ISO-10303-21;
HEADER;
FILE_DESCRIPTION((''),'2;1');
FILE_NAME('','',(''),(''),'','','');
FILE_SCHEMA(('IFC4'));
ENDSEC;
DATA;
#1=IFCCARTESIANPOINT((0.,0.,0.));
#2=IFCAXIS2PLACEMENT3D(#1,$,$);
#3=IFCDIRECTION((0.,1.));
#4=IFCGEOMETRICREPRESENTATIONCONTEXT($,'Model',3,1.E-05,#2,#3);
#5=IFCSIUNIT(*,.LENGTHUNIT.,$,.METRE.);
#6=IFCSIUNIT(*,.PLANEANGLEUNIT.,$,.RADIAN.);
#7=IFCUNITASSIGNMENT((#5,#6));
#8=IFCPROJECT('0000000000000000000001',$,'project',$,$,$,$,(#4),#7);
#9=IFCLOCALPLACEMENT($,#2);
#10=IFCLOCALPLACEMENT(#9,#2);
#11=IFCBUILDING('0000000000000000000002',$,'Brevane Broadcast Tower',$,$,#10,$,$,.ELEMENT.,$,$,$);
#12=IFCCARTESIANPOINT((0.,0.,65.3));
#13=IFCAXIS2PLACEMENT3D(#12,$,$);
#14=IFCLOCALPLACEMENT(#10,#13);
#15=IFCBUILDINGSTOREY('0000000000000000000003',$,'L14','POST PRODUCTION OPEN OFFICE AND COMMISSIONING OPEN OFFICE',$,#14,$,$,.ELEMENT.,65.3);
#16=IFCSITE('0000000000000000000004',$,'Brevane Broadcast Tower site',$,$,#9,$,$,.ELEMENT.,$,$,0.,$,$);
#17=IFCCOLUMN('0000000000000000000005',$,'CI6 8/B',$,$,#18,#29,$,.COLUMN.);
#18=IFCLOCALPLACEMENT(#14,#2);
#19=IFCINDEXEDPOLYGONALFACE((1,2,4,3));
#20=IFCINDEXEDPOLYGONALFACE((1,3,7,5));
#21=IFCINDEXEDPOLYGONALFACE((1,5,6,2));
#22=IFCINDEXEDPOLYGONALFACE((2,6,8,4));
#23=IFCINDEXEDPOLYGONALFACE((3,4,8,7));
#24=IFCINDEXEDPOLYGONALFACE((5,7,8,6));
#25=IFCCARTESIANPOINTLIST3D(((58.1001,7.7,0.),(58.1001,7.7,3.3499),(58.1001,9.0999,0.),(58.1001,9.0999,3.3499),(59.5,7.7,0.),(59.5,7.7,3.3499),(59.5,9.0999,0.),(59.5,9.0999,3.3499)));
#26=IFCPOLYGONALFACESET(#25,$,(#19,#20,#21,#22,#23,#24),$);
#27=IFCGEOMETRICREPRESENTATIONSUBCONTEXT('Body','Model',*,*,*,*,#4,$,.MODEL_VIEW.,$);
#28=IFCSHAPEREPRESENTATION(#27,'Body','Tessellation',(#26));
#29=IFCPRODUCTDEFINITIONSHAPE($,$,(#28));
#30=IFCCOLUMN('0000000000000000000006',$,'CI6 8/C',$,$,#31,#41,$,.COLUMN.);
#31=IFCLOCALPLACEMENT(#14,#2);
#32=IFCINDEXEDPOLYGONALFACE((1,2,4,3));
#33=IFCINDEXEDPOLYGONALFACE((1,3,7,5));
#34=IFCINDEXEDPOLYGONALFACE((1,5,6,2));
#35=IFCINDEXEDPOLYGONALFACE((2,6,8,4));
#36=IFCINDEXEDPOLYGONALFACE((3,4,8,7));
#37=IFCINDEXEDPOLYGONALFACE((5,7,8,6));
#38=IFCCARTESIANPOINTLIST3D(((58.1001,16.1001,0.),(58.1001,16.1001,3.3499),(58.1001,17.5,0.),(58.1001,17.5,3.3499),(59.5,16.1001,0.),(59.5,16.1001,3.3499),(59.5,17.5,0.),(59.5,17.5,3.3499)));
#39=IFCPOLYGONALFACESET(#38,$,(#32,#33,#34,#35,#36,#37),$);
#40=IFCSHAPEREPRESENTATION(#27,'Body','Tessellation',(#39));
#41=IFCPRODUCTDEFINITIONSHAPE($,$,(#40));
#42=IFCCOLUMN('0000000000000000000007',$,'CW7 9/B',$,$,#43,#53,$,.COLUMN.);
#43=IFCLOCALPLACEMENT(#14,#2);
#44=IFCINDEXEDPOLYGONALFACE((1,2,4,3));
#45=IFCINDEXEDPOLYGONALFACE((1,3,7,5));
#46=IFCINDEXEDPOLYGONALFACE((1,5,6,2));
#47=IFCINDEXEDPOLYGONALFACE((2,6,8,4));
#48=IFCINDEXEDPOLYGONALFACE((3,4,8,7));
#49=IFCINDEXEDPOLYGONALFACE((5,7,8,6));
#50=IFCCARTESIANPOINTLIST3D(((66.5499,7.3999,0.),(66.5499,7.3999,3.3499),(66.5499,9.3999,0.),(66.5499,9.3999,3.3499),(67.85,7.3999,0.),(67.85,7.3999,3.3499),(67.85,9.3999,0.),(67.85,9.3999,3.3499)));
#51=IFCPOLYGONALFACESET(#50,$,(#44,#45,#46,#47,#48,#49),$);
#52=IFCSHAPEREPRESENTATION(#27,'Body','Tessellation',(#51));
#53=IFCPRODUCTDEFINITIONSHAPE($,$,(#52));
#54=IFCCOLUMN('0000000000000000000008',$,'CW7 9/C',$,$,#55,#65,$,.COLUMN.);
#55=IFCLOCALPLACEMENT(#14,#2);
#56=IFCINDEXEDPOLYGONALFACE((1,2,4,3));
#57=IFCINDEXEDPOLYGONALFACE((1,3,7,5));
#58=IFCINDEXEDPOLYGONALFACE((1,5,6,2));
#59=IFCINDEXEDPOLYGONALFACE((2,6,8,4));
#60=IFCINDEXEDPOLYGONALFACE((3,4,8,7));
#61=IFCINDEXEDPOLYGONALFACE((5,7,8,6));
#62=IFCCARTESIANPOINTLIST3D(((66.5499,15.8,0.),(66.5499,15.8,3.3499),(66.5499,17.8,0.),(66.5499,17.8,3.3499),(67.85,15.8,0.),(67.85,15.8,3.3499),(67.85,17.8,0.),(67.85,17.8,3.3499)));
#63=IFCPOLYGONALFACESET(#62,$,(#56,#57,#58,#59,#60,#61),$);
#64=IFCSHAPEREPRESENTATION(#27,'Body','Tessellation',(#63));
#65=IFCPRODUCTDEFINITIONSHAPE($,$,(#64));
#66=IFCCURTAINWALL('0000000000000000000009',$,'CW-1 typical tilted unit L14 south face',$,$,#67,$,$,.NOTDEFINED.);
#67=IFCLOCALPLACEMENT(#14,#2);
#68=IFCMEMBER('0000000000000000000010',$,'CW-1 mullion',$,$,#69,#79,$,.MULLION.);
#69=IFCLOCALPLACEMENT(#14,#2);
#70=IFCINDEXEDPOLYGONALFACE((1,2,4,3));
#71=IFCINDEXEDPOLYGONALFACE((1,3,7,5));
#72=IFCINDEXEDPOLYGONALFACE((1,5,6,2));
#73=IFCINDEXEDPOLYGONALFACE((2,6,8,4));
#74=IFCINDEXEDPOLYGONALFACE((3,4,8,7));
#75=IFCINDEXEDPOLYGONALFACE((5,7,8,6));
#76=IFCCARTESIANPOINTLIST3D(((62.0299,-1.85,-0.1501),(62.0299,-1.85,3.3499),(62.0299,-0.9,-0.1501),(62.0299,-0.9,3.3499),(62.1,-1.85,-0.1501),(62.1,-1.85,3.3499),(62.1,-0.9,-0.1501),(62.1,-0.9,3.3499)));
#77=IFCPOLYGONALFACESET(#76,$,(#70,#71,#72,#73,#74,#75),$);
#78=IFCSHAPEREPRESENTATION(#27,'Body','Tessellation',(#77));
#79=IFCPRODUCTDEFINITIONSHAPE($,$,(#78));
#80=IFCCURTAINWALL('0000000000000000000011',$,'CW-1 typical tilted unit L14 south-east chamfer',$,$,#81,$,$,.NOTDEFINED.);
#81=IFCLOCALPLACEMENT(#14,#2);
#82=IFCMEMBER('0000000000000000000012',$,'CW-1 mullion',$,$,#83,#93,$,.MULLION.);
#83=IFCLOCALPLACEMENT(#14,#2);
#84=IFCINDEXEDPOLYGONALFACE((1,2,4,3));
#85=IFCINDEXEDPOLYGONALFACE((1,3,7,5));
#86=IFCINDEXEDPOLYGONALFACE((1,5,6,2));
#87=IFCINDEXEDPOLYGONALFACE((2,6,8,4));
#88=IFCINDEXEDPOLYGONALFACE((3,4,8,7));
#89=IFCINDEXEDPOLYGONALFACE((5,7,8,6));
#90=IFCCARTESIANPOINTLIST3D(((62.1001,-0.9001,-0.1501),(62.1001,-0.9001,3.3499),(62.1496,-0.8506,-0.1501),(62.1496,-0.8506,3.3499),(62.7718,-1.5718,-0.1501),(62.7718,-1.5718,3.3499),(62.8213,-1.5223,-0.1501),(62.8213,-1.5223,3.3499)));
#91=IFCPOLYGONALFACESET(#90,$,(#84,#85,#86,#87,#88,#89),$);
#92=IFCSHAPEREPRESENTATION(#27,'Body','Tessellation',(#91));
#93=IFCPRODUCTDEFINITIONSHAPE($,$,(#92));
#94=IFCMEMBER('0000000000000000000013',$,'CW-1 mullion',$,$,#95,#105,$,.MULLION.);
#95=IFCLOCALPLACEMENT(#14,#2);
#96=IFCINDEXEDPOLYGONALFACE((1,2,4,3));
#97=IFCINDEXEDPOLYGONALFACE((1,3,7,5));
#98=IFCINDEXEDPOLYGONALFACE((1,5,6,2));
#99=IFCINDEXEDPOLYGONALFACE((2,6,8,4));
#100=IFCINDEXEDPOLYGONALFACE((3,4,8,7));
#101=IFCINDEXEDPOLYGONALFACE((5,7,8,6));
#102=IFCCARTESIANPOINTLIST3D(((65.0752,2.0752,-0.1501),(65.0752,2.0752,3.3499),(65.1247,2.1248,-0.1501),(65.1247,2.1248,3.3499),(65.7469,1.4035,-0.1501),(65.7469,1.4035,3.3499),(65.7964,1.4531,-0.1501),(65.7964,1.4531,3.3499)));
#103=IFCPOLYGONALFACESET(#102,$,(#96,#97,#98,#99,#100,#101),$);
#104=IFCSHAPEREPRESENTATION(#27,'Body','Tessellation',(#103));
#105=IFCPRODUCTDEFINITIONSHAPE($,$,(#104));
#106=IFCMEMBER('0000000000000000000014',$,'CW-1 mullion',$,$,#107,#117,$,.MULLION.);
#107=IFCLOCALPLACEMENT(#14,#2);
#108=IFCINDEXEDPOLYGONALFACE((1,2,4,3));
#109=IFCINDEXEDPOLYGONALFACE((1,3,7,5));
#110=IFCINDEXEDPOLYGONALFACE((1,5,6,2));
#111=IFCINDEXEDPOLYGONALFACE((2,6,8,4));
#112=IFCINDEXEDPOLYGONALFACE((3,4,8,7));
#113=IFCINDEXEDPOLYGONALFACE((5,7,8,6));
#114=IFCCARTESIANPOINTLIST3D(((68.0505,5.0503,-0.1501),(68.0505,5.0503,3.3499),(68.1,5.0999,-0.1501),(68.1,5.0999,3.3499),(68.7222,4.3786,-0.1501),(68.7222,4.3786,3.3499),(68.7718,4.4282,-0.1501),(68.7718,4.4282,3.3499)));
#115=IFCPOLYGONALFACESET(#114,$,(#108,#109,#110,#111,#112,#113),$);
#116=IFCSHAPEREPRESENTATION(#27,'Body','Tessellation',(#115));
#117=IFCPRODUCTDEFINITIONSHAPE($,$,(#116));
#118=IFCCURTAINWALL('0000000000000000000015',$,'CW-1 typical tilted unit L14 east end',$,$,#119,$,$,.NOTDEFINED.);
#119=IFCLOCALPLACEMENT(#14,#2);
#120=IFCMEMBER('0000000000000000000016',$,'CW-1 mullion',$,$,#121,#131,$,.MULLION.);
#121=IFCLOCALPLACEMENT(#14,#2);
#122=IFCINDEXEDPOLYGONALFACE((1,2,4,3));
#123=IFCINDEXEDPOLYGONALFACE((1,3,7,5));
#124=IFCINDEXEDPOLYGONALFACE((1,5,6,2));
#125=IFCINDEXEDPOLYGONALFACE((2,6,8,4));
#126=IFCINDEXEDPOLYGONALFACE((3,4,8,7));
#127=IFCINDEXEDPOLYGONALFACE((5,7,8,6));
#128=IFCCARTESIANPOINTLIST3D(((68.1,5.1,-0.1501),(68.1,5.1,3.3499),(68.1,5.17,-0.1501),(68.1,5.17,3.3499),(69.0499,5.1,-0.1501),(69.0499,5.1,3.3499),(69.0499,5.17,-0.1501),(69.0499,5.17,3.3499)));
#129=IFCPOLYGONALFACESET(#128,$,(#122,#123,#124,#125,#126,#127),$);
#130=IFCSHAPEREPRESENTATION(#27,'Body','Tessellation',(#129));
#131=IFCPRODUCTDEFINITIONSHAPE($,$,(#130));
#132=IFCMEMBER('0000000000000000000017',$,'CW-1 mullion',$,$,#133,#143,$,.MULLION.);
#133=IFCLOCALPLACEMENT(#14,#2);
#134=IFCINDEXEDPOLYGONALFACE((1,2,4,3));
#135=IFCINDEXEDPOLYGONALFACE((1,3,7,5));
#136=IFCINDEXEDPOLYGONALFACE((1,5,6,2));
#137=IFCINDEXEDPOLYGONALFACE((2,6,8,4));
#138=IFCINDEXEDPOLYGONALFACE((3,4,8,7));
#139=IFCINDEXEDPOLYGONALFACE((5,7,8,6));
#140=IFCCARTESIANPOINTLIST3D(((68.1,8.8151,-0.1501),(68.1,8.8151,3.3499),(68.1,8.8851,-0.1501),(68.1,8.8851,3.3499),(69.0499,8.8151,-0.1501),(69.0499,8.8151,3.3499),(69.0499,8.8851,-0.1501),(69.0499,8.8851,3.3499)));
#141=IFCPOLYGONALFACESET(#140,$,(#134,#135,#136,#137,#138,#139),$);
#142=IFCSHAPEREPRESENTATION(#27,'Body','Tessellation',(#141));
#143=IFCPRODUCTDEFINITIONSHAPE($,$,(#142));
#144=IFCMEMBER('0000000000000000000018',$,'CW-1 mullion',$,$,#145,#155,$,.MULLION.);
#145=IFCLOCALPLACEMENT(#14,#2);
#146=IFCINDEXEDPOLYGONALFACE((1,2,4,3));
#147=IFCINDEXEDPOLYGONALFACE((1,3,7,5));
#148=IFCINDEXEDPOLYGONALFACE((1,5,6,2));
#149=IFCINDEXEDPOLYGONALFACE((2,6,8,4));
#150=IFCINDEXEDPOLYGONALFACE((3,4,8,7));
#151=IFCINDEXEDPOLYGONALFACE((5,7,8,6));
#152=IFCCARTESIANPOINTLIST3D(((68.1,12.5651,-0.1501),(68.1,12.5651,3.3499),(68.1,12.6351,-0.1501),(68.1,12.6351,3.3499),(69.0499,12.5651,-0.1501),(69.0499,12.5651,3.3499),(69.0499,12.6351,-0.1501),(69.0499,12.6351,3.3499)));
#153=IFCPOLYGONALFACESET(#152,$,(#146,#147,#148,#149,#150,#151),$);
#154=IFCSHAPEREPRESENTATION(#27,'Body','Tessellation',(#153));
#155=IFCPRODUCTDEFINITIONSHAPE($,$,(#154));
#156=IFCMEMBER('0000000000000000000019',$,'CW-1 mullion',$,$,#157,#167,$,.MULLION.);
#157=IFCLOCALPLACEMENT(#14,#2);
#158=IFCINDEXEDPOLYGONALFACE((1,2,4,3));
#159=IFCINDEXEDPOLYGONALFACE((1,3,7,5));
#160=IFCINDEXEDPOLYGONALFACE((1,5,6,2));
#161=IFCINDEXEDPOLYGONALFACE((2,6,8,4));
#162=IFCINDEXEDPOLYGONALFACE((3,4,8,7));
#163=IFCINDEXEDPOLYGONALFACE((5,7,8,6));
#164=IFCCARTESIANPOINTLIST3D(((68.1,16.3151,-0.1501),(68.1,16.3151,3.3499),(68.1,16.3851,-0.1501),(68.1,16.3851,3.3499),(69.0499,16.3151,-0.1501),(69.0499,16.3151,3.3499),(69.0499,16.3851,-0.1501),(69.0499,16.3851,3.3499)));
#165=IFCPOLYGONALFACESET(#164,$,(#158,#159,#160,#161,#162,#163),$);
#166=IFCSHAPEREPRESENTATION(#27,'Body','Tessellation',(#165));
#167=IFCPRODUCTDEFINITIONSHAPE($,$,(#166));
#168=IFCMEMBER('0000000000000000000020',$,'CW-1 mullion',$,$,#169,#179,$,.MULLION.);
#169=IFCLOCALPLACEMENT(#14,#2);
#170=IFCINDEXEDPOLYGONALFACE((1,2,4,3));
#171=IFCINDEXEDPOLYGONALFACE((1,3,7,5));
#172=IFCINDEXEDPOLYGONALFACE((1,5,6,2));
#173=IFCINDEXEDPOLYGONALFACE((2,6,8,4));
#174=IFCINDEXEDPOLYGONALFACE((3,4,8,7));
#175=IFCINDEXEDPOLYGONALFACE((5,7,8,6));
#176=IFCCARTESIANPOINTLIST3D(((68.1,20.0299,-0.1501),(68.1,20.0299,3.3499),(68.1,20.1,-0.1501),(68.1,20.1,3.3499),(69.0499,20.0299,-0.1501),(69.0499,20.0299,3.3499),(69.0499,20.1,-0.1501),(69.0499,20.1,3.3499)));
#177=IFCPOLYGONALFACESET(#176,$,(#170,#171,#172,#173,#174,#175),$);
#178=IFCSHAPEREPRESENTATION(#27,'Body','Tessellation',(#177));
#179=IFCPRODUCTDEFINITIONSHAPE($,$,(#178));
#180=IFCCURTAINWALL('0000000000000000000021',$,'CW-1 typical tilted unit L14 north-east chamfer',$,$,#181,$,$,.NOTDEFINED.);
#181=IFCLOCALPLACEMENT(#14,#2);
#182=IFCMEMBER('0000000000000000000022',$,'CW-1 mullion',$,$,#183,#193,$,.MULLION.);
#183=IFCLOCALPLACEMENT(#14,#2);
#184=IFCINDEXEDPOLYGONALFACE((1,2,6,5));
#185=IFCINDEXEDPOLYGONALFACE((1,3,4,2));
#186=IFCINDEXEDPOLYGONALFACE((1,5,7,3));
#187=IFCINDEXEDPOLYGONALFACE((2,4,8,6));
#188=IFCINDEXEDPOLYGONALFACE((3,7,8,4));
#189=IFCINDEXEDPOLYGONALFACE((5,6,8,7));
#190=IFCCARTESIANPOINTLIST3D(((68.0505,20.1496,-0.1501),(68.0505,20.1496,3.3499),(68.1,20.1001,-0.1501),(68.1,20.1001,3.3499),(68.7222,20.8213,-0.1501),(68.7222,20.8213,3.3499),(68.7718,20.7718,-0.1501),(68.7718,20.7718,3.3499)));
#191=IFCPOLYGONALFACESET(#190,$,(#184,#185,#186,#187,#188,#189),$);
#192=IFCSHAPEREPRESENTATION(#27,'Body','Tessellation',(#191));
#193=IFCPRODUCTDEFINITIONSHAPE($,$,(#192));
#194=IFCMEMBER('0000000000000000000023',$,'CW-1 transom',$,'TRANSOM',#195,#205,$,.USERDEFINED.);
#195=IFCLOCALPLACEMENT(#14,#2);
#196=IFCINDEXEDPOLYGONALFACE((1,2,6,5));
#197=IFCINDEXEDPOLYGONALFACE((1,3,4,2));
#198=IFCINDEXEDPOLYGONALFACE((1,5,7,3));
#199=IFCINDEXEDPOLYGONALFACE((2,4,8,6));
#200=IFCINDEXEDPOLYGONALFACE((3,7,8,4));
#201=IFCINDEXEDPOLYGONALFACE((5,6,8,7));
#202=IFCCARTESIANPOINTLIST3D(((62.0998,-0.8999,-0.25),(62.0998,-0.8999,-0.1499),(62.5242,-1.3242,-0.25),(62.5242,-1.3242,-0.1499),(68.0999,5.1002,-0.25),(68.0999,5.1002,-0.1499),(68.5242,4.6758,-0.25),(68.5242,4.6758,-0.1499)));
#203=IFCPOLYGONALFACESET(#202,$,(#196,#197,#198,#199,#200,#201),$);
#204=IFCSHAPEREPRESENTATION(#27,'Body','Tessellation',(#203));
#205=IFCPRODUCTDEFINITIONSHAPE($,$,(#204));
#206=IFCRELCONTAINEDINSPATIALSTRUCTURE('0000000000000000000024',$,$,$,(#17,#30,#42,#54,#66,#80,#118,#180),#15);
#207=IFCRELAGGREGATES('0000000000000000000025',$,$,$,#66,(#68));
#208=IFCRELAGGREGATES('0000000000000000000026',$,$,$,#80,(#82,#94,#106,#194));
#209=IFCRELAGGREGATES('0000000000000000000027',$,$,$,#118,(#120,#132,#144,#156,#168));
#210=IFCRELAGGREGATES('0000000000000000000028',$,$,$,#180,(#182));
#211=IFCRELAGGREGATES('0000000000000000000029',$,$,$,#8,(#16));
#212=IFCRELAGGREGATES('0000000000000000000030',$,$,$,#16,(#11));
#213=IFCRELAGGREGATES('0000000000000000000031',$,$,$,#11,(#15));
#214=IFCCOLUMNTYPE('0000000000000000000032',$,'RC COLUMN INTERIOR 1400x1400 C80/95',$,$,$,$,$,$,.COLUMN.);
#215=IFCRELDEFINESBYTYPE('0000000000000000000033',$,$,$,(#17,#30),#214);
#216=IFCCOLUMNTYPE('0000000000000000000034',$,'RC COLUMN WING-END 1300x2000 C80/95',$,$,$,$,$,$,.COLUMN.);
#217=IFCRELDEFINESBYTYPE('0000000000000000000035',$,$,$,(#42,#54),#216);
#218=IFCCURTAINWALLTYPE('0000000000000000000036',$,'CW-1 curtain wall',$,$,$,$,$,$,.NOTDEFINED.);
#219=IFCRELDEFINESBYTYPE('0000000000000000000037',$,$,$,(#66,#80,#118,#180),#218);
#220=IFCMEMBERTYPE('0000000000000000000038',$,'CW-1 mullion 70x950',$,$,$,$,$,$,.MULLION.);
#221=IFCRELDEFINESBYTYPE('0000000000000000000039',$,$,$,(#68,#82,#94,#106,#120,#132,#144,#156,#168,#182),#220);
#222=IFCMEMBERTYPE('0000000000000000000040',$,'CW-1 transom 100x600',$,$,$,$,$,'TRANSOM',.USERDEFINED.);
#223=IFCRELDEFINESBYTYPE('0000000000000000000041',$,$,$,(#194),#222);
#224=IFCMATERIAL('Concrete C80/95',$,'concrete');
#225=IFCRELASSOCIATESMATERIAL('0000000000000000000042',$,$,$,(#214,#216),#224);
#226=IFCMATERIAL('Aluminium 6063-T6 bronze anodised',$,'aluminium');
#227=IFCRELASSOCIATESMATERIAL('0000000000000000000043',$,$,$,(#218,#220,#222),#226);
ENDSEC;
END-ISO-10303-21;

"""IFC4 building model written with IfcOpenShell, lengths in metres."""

from ifc_helpers import new_model, si_unit, direction, frame, origin, origin_2d, place, context, subcontext, project, spatial, rectangle, extrude, material, material_profile, profile_set, type_object, element, aggregate, save


model = new_model("IFC4")

# Units and contexts
model_context = context("Model", 3, precision=1e-05, world=origin(), true_north=direction((0.0, 1.0)))
body_context = subcontext(model_context, "Body", "Model", "MODEL_VIEW")
ifc_project = project(units=[si_unit("LENGTHUNIT", "METRE"), si_unit("PLANEANGLEUNIT", "RADIAN")], contexts=[model_context])

# Site, building, storey
site_placement = place(None, origin())
site = spatial("IfcSite", under=ifc_project, at=site_placement, Name="Brevane Broadcast Tower site", CompositionType="ELEMENT", RefElevation=0.0)
building_placement = place(site_placement, origin())
building = spatial("IfcBuilding", under=site, at=building_placement, Name="Brevane Broadcast Tower", CompositionType="ELEMENT")
storey_placement = place(building_placement, frame((0.0, 0.0, 65.3)))
storey = spatial("IfcBuildingStorey", under=building, at=storey_placement, Name="L14", Description="POST PRODUCTION OPEN OFFICE AND COMMISSIONING OPEN OFFICE", CompositionType="ELEMENT", Elevation=65.3)

# Columns
ifc_material_1 = material(Name="Concrete C80/95", Category="concrete")
ifc_material_profile_1 = material_profile(ifc_material_1, rectangle(XDim=1.3999, YDim=1.3999, at=origin_2d()), Name="RC 1400x1400")
ifc_profile_set_1 = profile_set([ifc_material_profile_1], Name="Concrete C80/95")
column_type_1 = type_object("IfcColumnType", Name="RC COLUMN INTERIOR 1400x1400 C80/95", PredefinedType="COLUMN", material=ifc_profile_set_1)
for number, where, z_axis, x_axis, name in (
    (1, (58.8, 8.3999, 0.0), (0.0, 0.0, 1.0), (1.0, 0.0, 0.0), "CI6 8/B"),
    (2, (58.8, 16.8, 0.0), (0.0, 0.0, 1.0), (1.0, 0.0, 0.0), "CI6 8/C"),
):
    element("IfcColumn", number, at=place(storey_placement, frame(where, z_axis=z_axis, x_axis=x_axis)), inside=storey, type_object=column_type_1, Name=name, PredefinedType="COLUMN", context=body_context, shape_type="SweptSolid", body=[
        extrude(rectangle(XDim=1.3999, YDim=1.3999, at=origin_2d()), origin(), (0.0, 0.0, 1.0), 3.3499),
    ])
ifc_material_profile_2 = material_profile(ifc_material_1, rectangle(XDim=1.3, YDim=2.0, at=origin_2d()), Name="RC 1300x2000")
ifc_profile_set_2 = profile_set([ifc_material_profile_2], Name="Concrete C80/95")
column_type_2 = type_object("IfcColumnType", Name="RC COLUMN WING-END 1300x2000 C80/95", PredefinedType="COLUMN", material=ifc_profile_set_2)
for number, where, z_axis, x_axis, name in (
    (3, (67.2, 8.3999, 0.0), (0.0, 0.0, 1.0), (1.0, 0.0, 0.0), "CW7 9/B"),
    (4, (67.2, 16.8, 0.0), (0.0, 0.0, 1.0), (1.0, 0.0, 0.0), "CW7 9/C"),
):
    element("IfcColumn", number, at=place(storey_placement, frame(where, z_axis=z_axis, x_axis=x_axis)), inside=storey, type_object=column_type_2, Name=name, PredefinedType="COLUMN", context=body_context, shape_type="SweptSolid", body=[
        extrude(rectangle(XDim=1.3, YDim=2.0, at=origin_2d()), origin(), (0.0, 0.0, 1.0), 3.3499),
    ])

# Curtain wall, member
ifc_material_2 = material(Name="Aluminium 6063-T6 bronze anodised", Category="aluminium")
curtain_wall_type = type_object("IfcCurtainWallType", Name="CW-1 curtain wall", PredefinedType="NOTDEFINED", material=ifc_material_2)
curtain_wall_1_placement = place(storey_placement, origin())
curtain_wall_1 = element("IfcCurtainWall", 5, at=curtain_wall_1_placement, inside=storey, type_object=curtain_wall_type, Name="CW-1 typical tilted unit L14 south face", PredefinedType="NOTDEFINED")
ifc_material_profile_3 = material_profile(ifc_material_2, rectangle(XDim=0.95, YDim=0.0701, at=origin_2d()), Name="RECT 70x950")
ifc_profile_set_3 = profile_set([ifc_material_profile_3], Name="Aluminium 6063-T6 bronze anodised")
member_type_1 = type_object("IfcMemberType", Name="CW-1 mullion 70x950", PredefinedType="MULLION", material=ifc_profile_set_3)
member_1_placement = place(storey_placement, frame((62.0649, -1.375, -0.1501), z_axis=(0.0, 0.0, 1.0), x_axis=(0.0, 1.0, 0.0)))
member_1 = element("IfcMember", 6, at=member_1_placement, type_object=member_type_1, Name="CW-1 mullion", PredefinedType="MULLION", context=body_context, shape_type="SweptSolid", body=[
    extrude(rectangle(XDim=0.95, YDim=0.0701, at=origin_2d()), origin(), (0.0, 0.0, 1.0), 3.5),
])
aggregate(curtain_wall_1, [member_1])

# Curtain walls, members
curtain_wall_2_placement = place(storey_placement, origin())
curtain_wall_2 = element("IfcCurtainWall", 7, at=curtain_wall_2_placement, inside=storey, type_object=curtain_wall_type, Name="CW-1 typical tilted unit L14 south-east chamfer", PredefinedType="NOTDEFINED")
member_2_placement = place(storey_placement, frame((62.4607, -1.2112, -0.1501), z_axis=(0.0, 0.0, 1.0), x_axis=(-0.707107, 0.707107, 0.0)))
member_2 = element("IfcMember", 8, at=member_2_placement, type_object=member_type_1, Name="CW-1 mullion", PredefinedType="MULLION", context=body_context, shape_type="SweptSolid", body=[
    extrude(rectangle(XDim=0.95, YDim=0.0701, at=origin_2d()), origin(), (0.0, 0.0, 1.0), 3.5),
])
member_3_placement = place(storey_placement, frame((65.4358, 1.7642, -0.1501), z_axis=(0.0, 0.0, 1.0), x_axis=(-0.707107, 0.707107, 0.0)))
member_3 = element("IfcMember", 9, at=member_3_placement, type_object=member_type_1, Name="CW-1 mullion", PredefinedType="MULLION", context=body_context, shape_type="SweptSolid", body=[
    extrude(rectangle(XDim=0.95, YDim=0.0701, at=origin_2d()), origin(), (0.0, 0.0, 1.0), 3.5),
])
member_4_placement = place(storey_placement, frame((68.4111, 4.7393, -0.1501), z_axis=(0.0, 0.0, 1.0), x_axis=(-0.707107, 0.707107, 0.0)))
member_4 = element("IfcMember", 10, at=member_4_placement, type_object=member_type_1, Name="CW-1 mullion", PredefinedType="MULLION", context=body_context, shape_type="SweptSolid", body=[
    extrude(rectangle(XDim=0.95, YDim=0.0701, at=origin_2d()), origin(), (0.0, 0.0, 1.0), 3.5),
])
curtain_wall_3_placement = place(storey_placement, origin())
curtain_wall_3 = element("IfcCurtainWall", 11, at=curtain_wall_3_placement, inside=storey, type_object=curtain_wall_type, Name="CW-1 typical tilted unit L14 east end", PredefinedType="NOTDEFINED")
member_5_placement = place(storey_placement, frame((68.575, 5.135, -0.1501), z_axis=(0.0, 0.0, 1.0), x_axis=(-1.0, 0.0, 0.0)))
member_5 = element("IfcMember", 12, at=member_5_placement, type_object=member_type_1, Name="CW-1 mullion", PredefinedType="MULLION", context=body_context, shape_type="SweptSolid", body=[
    extrude(rectangle(XDim=0.95, YDim=0.0701, at=origin_2d()), origin(), (0.0, 0.0, 1.0), 3.5),
])
member_6_placement = place(storey_placement, frame((68.575, 8.8501, -0.1501), z_axis=(0.0, 0.0, 1.0), x_axis=(-1.0, 0.0, 0.0)))
member_6 = element("IfcMember", 13, at=member_6_placement, type_object=member_type_1, Name="CW-1 mullion", PredefinedType="MULLION", context=body_context, shape_type="SweptSolid", body=[
    extrude(rectangle(XDim=0.95, YDim=0.0701, at=origin_2d()), origin(), (0.0, 0.0, 1.0), 3.5),
])
member_7_placement = place(storey_placement, frame((68.575, 12.6001, -0.1501), z_axis=(0.0, 0.0, 1.0), x_axis=(-1.0, 0.0, 0.0)))
member_7 = element("IfcMember", 14, at=member_7_placement, type_object=member_type_1, Name="CW-1 mullion", PredefinedType="MULLION", context=body_context, shape_type="SweptSolid", body=[
    extrude(rectangle(XDim=0.95, YDim=0.0701, at=origin_2d()), origin(), (0.0, 0.0, 1.0), 3.5),
])
member_8_placement = place(storey_placement, frame((68.575, 16.3501, -0.1501), z_axis=(0.0, 0.0, 1.0), x_axis=(-1.0, 0.0, 0.0)))
member_8 = element("IfcMember", 15, at=member_8_placement, type_object=member_type_1, Name="CW-1 mullion", PredefinedType="MULLION", context=body_context, shape_type="SweptSolid", body=[
    extrude(rectangle(XDim=0.95, YDim=0.0701, at=origin_2d()), origin(), (0.0, 0.0, 1.0), 3.5),
])
member_9_placement = place(storey_placement, frame((68.575, 20.0649, -0.1501), z_axis=(0.0, 0.0, 1.0), x_axis=(-1.0, 0.0, 0.0)))
member_9 = element("IfcMember", 16, at=member_9_placement, type_object=member_type_1, Name="CW-1 mullion", PredefinedType="MULLION", context=body_context, shape_type="SweptSolid", body=[
    extrude(rectangle(XDim=0.95, YDim=0.0701, at=origin_2d()), origin(), (0.0, 0.0, 1.0), 3.5),
])

# Curtain wall, member
curtain_wall_4_placement = place(storey_placement, origin())
curtain_wall_4 = element("IfcCurtainWall", 17, at=curtain_wall_4_placement, inside=storey, type_object=curtain_wall_type, Name="CW-1 typical tilted unit L14 north-east chamfer", PredefinedType="NOTDEFINED")
member_10_placement = place(storey_placement, frame((68.4111, 20.4607, -0.1501), z_axis=(0.0, 0.0, 1.0), x_axis=(-0.707107, -0.707107, 0.0)))
member_10 = element("IfcMember", 18, at=member_10_placement, type_object=member_type_1, Name="CW-1 mullion", PredefinedType="MULLION", context=body_context, shape_type="SweptSolid", body=[
    extrude(rectangle(XDim=0.95, YDim=0.0701, at=origin_2d()), origin(), (0.0, 0.0, 1.0), 3.5),
])

# Member
ifc_material_profile_4 = material_profile(ifc_material_2, rectangle(XDim=0.6001, YDim=0.1001, at=origin_2d()), Name="RECT 100x600")
ifc_profile_set_4 = profile_set([ifc_material_profile_4], Name="Aluminium 6063-T6 bronze anodised")
member_type_2 = type_object("IfcMemberType", Name="CW-1 transom 100x600", ElementType="TRANSOM", PredefinedType="USERDEFINED", material=ifc_profile_set_4)
member_11_placement = place(storey_placement, frame((62.312, -1.1121, -0.2), z_axis=(0.707107, 0.707107, 0.0), x_axis=(-0.707107, 0.707107, 0.0)))
member_11 = element("IfcMember", 19, at=member_11_placement, type_object=member_type_2, Name="CW-1 transom", ObjectType="TRANSOM", PredefinedType="USERDEFINED", context=body_context, shape_type="SweptSolid", body=[
    extrude(rectangle(XDim=0.6001, YDim=0.1001, at=origin_2d()), origin(), (0.0, 0.0, 1.0), 8.4854),
])
aggregate(curtain_wall_2, [member_2, member_3, member_4, member_11])
aggregate(curtain_wall_3, [member_5, member_6, member_7, member_8, member_9])
aggregate(curtain_wall_4, [member_10])

save(model, "model.ifc")
